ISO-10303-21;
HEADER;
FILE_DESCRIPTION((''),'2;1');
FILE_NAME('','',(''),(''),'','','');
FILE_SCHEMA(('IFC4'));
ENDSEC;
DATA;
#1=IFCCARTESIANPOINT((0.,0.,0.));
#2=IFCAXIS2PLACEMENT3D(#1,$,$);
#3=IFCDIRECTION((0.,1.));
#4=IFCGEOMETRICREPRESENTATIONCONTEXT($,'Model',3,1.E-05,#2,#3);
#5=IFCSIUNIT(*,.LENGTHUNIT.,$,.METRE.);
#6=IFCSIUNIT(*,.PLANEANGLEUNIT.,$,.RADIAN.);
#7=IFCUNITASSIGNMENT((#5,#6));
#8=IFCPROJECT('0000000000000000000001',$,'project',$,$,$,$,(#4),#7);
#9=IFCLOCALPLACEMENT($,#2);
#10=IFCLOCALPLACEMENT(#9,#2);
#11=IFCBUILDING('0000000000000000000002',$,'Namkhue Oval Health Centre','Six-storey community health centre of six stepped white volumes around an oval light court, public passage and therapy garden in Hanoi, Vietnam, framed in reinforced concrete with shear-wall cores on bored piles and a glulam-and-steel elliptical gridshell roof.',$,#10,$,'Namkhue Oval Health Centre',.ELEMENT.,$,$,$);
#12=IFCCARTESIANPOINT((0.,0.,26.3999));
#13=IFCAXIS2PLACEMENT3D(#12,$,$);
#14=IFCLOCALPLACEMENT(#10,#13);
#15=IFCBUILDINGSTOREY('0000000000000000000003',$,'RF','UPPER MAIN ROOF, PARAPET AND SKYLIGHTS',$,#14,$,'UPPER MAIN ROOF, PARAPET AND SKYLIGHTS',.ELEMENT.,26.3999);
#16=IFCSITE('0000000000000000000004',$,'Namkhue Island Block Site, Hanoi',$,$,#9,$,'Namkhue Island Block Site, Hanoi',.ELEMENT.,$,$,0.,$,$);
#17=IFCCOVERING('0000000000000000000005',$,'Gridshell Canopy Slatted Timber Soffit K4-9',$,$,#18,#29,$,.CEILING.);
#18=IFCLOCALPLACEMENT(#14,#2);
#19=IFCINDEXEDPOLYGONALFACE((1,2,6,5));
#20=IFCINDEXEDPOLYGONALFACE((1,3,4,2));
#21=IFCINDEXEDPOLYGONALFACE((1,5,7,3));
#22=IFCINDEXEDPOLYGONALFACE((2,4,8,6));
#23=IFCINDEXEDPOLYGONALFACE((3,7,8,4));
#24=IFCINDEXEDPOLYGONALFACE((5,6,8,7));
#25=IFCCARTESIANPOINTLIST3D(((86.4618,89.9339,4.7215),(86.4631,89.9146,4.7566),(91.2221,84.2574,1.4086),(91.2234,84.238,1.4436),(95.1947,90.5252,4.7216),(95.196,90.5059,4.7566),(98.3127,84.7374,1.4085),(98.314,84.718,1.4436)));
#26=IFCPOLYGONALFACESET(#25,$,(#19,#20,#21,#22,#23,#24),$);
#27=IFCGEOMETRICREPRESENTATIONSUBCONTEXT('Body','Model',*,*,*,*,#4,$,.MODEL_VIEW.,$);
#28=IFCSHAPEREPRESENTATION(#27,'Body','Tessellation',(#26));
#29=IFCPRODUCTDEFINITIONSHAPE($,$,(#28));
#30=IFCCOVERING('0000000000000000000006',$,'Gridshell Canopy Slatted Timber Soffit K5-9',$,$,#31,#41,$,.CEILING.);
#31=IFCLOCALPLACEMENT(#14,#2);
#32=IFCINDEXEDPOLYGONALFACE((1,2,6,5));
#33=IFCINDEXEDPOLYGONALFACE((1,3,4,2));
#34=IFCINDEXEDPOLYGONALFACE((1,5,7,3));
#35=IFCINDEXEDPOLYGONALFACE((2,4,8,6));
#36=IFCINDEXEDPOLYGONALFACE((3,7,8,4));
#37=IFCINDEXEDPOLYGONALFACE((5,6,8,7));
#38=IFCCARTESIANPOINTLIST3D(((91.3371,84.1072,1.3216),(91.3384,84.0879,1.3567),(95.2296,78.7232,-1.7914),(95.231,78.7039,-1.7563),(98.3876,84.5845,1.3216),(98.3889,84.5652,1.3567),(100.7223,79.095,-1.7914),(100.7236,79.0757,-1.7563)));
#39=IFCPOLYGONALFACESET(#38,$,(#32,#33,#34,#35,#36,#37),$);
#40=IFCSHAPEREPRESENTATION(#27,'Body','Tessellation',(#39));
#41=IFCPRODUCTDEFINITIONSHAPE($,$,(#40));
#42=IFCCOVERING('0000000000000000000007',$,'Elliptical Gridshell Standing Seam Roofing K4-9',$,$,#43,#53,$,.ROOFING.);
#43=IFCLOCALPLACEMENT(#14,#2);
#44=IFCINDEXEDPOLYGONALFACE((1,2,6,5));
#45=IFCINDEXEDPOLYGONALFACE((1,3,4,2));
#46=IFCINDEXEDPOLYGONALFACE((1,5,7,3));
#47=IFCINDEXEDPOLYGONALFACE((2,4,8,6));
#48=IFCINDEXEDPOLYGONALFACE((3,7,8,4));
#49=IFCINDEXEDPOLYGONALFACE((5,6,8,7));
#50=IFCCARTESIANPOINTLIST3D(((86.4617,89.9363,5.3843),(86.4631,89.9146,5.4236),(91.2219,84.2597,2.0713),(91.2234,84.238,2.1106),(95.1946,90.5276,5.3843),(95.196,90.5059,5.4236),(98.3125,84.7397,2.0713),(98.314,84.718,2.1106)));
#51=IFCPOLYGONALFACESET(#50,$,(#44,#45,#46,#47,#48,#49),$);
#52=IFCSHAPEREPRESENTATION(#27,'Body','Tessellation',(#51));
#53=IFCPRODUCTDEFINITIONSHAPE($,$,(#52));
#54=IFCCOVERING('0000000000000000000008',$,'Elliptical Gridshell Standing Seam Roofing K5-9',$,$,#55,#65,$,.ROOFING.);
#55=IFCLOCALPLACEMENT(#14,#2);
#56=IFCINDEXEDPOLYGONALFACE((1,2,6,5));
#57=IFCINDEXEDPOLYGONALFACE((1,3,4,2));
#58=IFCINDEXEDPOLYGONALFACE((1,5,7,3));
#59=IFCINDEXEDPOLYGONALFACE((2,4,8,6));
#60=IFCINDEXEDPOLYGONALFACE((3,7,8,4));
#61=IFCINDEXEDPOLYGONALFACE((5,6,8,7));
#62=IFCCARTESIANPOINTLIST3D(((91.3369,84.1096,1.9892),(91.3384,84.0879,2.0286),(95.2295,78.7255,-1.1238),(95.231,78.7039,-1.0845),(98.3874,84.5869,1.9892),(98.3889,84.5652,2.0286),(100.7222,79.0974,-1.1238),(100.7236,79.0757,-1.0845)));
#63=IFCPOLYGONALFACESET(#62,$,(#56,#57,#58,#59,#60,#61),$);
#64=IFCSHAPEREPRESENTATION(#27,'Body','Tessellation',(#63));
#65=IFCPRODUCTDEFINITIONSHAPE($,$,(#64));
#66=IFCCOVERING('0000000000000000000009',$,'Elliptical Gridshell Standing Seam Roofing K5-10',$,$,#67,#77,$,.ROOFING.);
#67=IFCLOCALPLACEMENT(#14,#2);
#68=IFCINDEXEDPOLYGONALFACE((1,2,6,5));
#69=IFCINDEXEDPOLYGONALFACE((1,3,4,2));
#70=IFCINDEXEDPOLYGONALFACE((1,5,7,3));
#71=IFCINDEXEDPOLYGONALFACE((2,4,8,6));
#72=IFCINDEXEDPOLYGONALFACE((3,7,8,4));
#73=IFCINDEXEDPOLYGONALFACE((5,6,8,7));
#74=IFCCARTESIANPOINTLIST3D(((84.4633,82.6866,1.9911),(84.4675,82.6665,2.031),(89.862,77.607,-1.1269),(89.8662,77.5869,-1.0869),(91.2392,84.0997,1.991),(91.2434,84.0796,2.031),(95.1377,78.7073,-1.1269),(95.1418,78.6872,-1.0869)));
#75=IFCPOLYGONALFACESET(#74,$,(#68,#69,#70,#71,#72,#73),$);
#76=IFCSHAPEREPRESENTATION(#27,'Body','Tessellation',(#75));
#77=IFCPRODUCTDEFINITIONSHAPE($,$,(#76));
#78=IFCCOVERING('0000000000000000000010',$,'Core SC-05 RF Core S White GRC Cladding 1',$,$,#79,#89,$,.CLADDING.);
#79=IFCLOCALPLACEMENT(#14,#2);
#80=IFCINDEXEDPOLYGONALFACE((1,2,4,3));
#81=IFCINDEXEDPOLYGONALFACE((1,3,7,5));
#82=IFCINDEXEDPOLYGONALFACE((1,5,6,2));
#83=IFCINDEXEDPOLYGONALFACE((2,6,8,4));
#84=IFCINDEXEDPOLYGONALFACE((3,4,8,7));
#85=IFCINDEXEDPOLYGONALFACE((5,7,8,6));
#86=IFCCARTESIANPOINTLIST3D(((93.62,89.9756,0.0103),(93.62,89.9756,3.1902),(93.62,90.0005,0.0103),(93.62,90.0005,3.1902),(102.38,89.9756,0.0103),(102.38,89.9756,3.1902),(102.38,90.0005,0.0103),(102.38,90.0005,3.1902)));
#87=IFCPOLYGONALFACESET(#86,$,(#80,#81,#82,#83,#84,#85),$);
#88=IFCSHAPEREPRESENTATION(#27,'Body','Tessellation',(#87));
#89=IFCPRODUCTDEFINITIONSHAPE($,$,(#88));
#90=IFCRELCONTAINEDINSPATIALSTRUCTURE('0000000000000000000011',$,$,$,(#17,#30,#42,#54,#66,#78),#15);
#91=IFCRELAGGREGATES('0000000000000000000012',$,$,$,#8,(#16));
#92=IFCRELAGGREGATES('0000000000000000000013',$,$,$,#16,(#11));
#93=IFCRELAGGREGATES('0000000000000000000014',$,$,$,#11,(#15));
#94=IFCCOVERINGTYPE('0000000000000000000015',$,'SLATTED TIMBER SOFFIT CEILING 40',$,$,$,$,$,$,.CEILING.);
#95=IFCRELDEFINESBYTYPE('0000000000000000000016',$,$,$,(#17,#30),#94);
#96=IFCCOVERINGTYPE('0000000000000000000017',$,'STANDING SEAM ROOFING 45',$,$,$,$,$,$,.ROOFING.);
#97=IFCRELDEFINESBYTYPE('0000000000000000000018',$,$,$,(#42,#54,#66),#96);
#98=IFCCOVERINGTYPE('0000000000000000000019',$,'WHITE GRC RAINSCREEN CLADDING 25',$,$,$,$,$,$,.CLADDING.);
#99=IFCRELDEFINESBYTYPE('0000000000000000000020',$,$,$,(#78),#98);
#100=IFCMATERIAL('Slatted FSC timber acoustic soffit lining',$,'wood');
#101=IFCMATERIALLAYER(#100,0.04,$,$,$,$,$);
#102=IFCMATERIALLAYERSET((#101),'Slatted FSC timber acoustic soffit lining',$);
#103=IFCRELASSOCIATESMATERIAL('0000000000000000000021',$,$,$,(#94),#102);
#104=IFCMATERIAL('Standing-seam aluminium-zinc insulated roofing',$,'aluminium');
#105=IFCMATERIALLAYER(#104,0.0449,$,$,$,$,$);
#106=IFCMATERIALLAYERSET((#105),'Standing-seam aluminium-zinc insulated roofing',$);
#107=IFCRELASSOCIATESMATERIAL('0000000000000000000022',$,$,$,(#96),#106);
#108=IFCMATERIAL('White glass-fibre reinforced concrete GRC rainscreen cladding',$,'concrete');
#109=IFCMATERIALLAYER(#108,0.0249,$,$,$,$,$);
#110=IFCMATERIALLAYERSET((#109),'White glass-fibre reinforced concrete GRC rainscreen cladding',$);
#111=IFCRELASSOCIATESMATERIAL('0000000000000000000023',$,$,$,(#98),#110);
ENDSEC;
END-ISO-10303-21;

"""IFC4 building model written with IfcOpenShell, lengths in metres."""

from ifc_helpers import new_model, si_unit, direction, frame, origin, origin_2d, place, context, subcontext, project, spatial, polyline, rectangle, outline, extrude, material, layer, layer_set, type_object, element, save


model = new_model("IFC4")

# Units and contexts
model_context = context("Model", 3, precision=1e-05, world=origin(), true_north=direction((0.0, 1.0)))
body_context = subcontext(model_context, "Body", "Model", "MODEL_VIEW")
ifc_project = project(units=[si_unit("LENGTHUNIT", "METRE"), si_unit("PLANEANGLEUNIT", "RADIAN")], contexts=[model_context])

# Site, building, storey
site_placement = place(None, origin())
site = spatial("IfcSite", under=ifc_project, at=site_placement, Name="Namkhue Island Block Site, Hanoi", LongName="Namkhue Island Block Site, Hanoi", CompositionType="ELEMENT", RefElevation=0.0)
building_placement = place(site_placement, origin())
building = spatial("IfcBuilding", under=site, at=building_placement, Name="Namkhue Oval Health Centre", Description="Six-storey community health centre of six stepped white volumes around an oval light court, public passage and therapy garden in Hanoi, Vietnam, framed in reinforced concrete with shear-wall cores on bored piles and a glulam-and-steel elliptical gridshell roof.", LongName="Namkhue Oval Health Centre", CompositionType="ELEMENT")
storey_placement = place(building_placement, frame((0.0, 0.0, 26.3999)))
storey = spatial("IfcBuildingStorey", under=building, at=storey_placement, Name="RF", Description="UPPER MAIN ROOF, PARAPET AND SKYLIGHTS", LongName="UPPER MAIN ROOF, PARAPET AND SKYLIGHTS", CompositionType="ELEMENT", Elevation=26.3999)

# Coverings
ifc_material_1 = material(Name="Slatted FSC timber acoustic soffit lining", Category="wood")
ifc_layer_1 = layer(ifc_material_1, 0.04)
ifc_layer_set_1 = layer_set([ifc_layer_1], Name="Slatted FSC timber acoustic soffit lining")
covering_type_1 = type_object("IfcCoveringType", Name="SLATTED TIMBER SOFFIT CEILING 40", PredefinedType="CEILING", material=ifc_layer_set_1)
covering_1_placement = place(storey_placement, frame((95.196, 90.5059, 4.7566), z_axis=(0.032713, -0.483184, 0.874907), x_axis=(-0.997716, -0.067554, -0.000003)))
element("IfcCovering", 1, at=covering_1_placement, inside=storey, type_object=covering_type_1, Name="Gridshell Canopy Slatted Timber Soffit K4-9", PredefinedType="CEILING", context=body_context, shape_type="SweptSolid", body=[
    extrude(outline(polyline([(0.0, 0.0), (8.7529, 0.0), (4.387, 6.8409), (-2.7198, 6.841), (0.0, 0.0)])), origin(), (0.0, 0.0, -1.0), 0.04),
])
covering_2_placement = place(storey_placement, frame((98.3889, 84.5652, 1.3567), z_axis=(0.032662, -0.482481, 0.875297), x_axis=(-0.997716, -0.067542, 0.0)))
element("IfcCovering", 2, at=covering_2_placement, inside=storey, type_object=covering_type_1, Name="Gridshell Canopy Slatted Timber Soffit K5-9", PredefinedType="CEILING", context=body_context, shape_type="SweptSolid", body=[
    extrude(outline(polyline([(0.0, 0.0), (7.0667, 0.0), (3.5466, 6.4374), (-1.9586, 6.4374), (0.0, 0.0)])), origin(), (0.0, 0.0, -1.0), 0.04),
])
ifc_material_2 = material(Name="Standing-seam aluminium-zinc insulated roofing", Category="aluminium")
ifc_layer_2 = layer(ifc_material_2, 0.0449)
ifc_layer_set_2 = layer_set([ifc_layer_2], Name="Standing-seam aluminium-zinc insulated roofing")
covering_type_2 = type_object("IfcCoveringType", Name="STANDING SEAM ROOFING 45", PredefinedType="ROOFING", material=ifc_layer_set_2)
covering_3_placement = place(storey_placement, frame((95.196, 90.5059, 5.4236), z_axis=(0.032713, -0.483184, 0.874907), x_axis=(-0.997716, -0.067554, -0.000003)))
element("IfcCovering", 3, at=covering_3_placement, inside=storey, type_object=covering_type_2, Name="Elliptical Gridshell Standing Seam Roofing K4-9", PredefinedType="ROOFING", context=body_context, shape_type="SweptSolid", body=[
    extrude(outline(polyline([(0.0, 0.0), (8.7529, 0.0), (4.387, 6.8409), (-2.7198, 6.841), (0.0, 0.0)])), origin(), (0.0, 0.0, -1.0), 0.0449),
])
covering_4_placement = place(storey_placement, frame((98.3889, 84.5652, 2.0286), z_axis=(0.032662, -0.482481, 0.875297), x_axis=(-0.997716, -0.067542, 0.0)))
element("IfcCovering", 4, at=covering_4_placement, inside=storey, type_object=covering_type_2, Name="Elliptical Gridshell Standing Seam Roofing K5-9", PredefinedType="ROOFING", context=body_context, shape_type="SweptSolid", body=[
    extrude(outline(polyline([(0.0, 0.0), (7.0667, 0.0), (3.5466, 6.4374), (-1.9586, 6.4374), (0.0, 0.0)])), origin(), (0.0, 0.0, -1.0), 0.0449),
])
covering_5_placement = place(storey_placement, frame((91.2434, 84.0796, 2.031), z_axis=(0.093227, -0.447008, 0.889659), x_axis=(-0.978938, -0.204156, 0.000004)))
element("IfcCovering", 5, at=covering_5_placement, inside=storey, type_object=covering_type_2, Name="Elliptical Gridshell Standing Seam Roofing K5-10", PredefinedType="ROOFING", context=body_context, shape_type="SweptSolid", body=[
    extrude(outline(polyline([(0.0, 0.0), (6.9217, 0.0), (2.6737, 6.8282), (-2.7155, 6.8281), (0.0, 0.0)])), origin(), (0.0, 0.0, -1.0), 0.0449),
])
ifc_material_3 = material(Name="White glass-fibre reinforced concrete GRC rainscreen cladding", Category="concrete")
ifc_layer_3 = layer(ifc_material_3, 0.0249)
ifc_layer_set_3 = layer_set([ifc_layer_3], Name="White glass-fibre reinforced concrete GRC rainscreen cladding")
covering_type_3 = type_object("IfcCoveringType", Name="WHITE GRC RAINSCREEN CLADDING 25", PredefinedType="CLADDING", material=ifc_layer_set_3)
covering_6_placement = place(storey_placement, frame((98.0, 89.988, 0.0103), z_axis=(0.0, 0.0, 1.0), x_axis=(1.0, 0.0, 0.0)))
element("IfcCovering", 6, at=covering_6_placement, inside=storey, type_object=covering_type_3, Name="Core SC-05 RF Core S White GRC Cladding 1", PredefinedType="CLADDING", context=body_context, shape_type="SweptSolid", body=[
    extrude(rectangle(XDim=8.76, YDim=0.0249, at=origin_2d()), origin(), (0.0, 0.0, 1.0), 3.1799),
])

save(model, "model.ifc")
